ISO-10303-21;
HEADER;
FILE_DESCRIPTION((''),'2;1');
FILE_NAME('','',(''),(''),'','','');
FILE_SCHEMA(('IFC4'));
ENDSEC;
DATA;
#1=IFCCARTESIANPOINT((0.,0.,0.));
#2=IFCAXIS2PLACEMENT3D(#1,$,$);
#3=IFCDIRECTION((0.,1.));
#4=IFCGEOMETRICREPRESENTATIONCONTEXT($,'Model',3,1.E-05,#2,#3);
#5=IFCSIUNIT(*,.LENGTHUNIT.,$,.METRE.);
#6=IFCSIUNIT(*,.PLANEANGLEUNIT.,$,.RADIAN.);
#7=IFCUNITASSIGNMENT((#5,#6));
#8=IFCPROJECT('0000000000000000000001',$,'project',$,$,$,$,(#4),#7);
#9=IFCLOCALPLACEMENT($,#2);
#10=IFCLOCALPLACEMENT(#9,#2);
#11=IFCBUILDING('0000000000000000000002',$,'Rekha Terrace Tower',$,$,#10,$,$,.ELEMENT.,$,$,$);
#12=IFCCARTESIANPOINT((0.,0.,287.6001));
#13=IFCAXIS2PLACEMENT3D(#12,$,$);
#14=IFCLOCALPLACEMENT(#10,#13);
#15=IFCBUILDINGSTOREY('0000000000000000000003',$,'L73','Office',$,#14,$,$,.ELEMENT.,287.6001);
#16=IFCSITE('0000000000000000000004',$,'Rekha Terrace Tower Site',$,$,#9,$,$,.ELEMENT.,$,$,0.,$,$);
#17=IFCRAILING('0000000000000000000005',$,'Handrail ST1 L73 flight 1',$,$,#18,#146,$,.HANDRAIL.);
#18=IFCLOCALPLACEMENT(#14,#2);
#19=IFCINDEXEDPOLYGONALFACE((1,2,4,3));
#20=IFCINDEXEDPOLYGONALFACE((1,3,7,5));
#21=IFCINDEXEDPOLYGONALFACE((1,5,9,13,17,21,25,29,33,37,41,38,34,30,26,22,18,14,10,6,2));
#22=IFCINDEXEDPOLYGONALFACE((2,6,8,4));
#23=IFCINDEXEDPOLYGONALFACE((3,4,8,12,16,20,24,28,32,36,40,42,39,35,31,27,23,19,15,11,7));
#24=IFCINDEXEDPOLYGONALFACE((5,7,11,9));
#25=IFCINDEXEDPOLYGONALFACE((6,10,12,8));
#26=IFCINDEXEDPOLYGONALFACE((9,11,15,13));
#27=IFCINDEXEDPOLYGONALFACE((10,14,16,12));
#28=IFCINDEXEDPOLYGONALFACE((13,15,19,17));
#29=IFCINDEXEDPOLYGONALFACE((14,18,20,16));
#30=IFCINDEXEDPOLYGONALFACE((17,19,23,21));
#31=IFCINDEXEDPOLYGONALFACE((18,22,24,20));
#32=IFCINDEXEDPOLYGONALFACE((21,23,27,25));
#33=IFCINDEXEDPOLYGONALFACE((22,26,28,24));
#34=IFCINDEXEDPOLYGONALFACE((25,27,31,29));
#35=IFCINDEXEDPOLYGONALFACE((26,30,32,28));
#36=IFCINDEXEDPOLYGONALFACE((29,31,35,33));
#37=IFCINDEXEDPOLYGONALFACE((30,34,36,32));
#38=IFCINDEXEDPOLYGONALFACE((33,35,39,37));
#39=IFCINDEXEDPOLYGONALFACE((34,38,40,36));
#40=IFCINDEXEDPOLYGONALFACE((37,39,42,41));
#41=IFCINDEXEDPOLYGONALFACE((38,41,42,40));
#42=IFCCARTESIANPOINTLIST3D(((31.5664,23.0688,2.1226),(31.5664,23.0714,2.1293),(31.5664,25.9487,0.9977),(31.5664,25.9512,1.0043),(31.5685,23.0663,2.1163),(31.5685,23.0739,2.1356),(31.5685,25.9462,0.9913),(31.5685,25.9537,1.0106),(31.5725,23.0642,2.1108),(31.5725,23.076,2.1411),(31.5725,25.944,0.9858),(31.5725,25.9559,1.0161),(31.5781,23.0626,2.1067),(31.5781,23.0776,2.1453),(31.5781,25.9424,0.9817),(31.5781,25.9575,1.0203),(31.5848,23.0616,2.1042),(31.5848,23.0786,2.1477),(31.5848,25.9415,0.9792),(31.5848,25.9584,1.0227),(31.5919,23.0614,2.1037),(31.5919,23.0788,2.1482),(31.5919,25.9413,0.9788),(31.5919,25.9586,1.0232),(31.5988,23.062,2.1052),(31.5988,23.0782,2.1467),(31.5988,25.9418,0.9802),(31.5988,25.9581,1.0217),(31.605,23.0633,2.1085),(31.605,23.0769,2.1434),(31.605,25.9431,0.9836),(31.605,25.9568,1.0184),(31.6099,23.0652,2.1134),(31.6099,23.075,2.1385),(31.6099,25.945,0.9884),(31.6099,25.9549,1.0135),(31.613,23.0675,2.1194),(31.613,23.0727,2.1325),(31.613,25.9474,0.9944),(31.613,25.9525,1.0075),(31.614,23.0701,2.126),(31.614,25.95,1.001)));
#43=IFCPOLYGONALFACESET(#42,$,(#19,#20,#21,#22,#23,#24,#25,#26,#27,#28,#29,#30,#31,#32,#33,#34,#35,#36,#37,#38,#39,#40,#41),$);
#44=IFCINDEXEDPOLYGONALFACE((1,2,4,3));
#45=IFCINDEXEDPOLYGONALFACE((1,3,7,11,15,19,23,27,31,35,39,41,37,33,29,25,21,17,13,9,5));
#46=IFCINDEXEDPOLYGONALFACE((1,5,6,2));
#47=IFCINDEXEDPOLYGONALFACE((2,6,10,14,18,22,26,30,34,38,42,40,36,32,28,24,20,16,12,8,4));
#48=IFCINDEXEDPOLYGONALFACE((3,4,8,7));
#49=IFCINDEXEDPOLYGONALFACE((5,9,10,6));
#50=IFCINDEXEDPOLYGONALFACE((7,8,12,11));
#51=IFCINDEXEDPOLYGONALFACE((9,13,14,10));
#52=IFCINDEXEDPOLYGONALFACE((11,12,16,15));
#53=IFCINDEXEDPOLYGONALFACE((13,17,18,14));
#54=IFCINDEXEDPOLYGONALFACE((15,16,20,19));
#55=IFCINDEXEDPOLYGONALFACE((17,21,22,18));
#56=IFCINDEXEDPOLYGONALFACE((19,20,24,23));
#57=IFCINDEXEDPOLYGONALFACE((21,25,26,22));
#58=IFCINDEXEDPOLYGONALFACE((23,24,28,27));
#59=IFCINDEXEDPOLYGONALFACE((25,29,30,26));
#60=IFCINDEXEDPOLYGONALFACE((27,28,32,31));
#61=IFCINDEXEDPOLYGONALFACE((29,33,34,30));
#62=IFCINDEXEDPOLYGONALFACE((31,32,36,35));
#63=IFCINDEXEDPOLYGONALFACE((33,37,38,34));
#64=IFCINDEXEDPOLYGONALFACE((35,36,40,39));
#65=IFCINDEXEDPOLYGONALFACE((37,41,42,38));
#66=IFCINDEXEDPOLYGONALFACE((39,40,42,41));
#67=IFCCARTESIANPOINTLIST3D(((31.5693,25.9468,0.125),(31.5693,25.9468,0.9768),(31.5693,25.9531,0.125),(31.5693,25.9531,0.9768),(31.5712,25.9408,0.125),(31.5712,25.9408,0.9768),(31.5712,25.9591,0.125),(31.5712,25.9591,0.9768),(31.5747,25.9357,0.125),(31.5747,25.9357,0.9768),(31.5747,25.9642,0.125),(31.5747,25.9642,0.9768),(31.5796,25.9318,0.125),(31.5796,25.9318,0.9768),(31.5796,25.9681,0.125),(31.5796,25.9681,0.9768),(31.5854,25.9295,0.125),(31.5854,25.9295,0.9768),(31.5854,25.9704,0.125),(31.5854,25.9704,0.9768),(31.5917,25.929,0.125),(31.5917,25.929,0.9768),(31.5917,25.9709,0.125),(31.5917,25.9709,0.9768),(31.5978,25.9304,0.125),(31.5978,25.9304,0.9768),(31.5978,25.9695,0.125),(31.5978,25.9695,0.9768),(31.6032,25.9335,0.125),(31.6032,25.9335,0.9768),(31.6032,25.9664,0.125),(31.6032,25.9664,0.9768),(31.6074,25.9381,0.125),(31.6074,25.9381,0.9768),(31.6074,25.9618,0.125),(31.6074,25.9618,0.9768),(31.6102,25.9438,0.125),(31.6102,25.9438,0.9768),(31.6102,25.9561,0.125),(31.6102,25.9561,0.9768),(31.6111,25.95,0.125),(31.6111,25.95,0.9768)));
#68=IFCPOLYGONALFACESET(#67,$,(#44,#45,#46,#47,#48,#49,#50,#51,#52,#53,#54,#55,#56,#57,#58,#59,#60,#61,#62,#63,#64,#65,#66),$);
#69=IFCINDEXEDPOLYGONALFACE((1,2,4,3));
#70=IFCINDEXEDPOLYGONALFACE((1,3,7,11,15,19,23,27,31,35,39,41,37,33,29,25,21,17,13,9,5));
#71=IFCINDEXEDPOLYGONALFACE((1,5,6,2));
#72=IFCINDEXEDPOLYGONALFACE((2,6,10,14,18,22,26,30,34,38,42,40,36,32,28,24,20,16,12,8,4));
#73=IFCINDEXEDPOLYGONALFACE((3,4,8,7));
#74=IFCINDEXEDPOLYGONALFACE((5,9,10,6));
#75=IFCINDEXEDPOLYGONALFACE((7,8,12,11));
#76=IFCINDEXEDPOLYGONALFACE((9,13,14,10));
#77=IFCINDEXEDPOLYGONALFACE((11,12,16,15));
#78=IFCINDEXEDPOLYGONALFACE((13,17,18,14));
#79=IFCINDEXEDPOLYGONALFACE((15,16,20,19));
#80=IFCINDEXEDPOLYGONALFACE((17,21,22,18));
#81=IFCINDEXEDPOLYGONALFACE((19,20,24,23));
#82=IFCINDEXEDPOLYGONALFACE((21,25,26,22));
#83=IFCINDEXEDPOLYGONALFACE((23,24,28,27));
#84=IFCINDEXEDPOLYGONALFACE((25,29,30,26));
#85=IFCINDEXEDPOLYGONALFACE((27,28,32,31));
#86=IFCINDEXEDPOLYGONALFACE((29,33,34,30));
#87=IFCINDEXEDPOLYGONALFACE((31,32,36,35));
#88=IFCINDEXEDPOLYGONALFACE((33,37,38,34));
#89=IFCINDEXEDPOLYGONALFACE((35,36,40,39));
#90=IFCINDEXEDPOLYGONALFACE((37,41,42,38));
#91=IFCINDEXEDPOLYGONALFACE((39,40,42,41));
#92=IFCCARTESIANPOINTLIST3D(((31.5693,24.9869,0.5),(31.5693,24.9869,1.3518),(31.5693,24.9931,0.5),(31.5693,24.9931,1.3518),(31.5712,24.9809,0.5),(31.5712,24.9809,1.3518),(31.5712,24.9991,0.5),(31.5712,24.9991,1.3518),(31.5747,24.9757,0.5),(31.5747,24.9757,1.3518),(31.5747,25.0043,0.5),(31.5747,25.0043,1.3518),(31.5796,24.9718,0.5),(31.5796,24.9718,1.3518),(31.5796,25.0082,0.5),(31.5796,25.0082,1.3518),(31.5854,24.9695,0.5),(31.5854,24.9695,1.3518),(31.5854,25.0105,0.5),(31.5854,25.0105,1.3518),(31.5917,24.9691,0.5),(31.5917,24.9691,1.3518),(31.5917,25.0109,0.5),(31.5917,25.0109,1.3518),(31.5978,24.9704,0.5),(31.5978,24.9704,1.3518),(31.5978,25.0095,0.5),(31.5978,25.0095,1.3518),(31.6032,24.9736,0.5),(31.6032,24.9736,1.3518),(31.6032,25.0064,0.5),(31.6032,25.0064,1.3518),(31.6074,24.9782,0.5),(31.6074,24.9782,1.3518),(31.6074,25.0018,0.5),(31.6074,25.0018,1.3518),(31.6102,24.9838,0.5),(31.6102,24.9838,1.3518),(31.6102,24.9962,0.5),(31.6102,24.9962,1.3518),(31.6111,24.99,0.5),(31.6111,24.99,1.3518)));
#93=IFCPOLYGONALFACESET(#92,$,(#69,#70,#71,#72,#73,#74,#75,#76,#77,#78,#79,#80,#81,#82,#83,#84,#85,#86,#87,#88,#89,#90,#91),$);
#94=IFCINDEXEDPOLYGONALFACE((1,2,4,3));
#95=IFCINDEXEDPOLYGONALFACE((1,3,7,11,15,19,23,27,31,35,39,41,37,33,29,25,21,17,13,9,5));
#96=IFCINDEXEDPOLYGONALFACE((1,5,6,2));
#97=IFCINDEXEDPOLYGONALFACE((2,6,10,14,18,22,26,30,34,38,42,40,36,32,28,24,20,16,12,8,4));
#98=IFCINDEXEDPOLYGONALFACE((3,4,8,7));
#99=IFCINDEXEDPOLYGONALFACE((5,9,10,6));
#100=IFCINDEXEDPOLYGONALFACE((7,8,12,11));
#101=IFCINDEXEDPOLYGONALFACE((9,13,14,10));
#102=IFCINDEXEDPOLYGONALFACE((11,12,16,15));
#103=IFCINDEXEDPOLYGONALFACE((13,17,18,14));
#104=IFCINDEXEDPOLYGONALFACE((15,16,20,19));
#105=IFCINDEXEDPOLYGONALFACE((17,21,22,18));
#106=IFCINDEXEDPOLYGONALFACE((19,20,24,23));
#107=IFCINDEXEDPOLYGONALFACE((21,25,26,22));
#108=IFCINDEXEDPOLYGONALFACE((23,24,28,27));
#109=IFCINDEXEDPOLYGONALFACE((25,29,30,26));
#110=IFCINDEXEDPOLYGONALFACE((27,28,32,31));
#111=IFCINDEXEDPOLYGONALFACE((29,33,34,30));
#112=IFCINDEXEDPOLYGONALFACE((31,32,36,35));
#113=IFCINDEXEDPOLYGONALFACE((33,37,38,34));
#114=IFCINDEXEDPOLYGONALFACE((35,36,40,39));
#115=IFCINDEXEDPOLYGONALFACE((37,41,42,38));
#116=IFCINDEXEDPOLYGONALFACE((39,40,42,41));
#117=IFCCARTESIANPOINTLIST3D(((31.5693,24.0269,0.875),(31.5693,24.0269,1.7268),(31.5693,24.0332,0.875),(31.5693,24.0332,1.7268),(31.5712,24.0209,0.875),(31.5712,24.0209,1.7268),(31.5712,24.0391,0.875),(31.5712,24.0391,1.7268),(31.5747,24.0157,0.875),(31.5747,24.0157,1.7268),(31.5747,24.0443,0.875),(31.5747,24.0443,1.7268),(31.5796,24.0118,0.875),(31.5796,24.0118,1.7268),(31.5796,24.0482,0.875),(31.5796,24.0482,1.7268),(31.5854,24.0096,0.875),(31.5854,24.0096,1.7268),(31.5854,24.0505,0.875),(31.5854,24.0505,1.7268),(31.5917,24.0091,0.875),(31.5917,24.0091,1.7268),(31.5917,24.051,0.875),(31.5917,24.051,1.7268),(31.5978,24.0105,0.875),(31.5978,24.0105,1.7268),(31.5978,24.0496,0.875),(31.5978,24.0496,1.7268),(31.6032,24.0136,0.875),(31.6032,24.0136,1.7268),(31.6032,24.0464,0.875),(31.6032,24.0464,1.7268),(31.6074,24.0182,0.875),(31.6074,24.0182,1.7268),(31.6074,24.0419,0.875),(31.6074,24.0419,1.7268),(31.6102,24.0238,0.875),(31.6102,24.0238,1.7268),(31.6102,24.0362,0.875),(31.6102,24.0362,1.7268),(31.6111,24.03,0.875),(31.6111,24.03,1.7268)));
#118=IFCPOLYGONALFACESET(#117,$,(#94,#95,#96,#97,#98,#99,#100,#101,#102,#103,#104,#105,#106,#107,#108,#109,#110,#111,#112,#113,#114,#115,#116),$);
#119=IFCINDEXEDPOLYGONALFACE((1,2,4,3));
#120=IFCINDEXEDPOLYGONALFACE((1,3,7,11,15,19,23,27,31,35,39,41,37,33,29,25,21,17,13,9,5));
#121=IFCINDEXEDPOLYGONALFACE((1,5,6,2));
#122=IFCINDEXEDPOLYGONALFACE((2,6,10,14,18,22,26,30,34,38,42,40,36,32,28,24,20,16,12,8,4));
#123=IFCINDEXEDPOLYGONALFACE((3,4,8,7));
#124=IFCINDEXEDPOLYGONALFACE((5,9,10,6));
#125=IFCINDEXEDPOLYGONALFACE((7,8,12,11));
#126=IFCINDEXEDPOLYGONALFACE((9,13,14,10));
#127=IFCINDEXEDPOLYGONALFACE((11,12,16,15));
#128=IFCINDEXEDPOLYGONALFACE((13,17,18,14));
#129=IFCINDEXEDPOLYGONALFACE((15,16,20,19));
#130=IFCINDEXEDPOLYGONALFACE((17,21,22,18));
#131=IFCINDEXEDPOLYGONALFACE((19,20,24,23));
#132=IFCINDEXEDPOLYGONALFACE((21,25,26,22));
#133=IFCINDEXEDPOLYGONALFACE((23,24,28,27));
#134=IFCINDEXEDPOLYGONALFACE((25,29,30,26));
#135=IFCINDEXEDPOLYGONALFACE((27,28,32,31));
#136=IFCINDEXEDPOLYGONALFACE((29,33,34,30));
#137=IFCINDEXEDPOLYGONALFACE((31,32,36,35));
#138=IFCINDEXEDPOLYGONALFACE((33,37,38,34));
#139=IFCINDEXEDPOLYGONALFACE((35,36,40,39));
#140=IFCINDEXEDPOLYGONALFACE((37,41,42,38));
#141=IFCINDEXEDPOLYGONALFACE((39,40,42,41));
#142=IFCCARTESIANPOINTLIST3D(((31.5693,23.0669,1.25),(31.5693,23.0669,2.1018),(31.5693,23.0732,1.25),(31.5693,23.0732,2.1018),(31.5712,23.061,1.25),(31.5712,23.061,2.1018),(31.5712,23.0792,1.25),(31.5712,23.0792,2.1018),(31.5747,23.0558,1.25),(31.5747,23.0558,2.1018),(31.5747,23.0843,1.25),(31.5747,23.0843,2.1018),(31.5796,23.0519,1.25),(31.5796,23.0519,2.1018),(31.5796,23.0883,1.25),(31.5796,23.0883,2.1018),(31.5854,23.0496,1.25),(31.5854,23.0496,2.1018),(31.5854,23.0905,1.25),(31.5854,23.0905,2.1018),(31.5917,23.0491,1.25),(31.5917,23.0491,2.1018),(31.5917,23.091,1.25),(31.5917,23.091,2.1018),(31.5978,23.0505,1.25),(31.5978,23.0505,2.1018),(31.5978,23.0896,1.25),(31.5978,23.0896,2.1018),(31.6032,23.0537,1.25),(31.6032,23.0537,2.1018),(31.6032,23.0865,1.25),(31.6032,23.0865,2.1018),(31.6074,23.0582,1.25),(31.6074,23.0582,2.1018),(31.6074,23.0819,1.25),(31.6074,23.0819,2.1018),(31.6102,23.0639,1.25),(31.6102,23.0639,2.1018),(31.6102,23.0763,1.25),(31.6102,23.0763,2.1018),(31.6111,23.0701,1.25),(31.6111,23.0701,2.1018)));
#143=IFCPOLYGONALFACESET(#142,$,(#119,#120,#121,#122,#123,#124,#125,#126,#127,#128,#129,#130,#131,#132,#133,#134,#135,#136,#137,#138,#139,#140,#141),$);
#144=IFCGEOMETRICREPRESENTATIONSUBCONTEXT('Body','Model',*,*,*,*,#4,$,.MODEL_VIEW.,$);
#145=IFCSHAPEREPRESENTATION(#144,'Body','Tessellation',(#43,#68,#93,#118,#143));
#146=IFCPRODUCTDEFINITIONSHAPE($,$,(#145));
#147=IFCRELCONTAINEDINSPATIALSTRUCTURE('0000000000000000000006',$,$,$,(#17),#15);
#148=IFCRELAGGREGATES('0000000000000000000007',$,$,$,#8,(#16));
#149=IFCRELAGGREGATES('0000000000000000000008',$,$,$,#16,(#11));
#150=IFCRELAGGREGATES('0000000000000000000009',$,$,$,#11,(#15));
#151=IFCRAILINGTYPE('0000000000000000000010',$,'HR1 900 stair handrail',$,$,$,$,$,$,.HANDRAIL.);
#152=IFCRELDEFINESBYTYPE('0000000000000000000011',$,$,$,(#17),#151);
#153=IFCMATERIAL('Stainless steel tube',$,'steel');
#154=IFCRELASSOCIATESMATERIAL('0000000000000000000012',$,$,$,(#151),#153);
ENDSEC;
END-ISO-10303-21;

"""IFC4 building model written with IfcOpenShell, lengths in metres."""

from ifc_helpers import new_model, si_unit, direction, frame, origin, origin_2d, place, context, subcontext, project, spatial, circle, extrude, material, type_object, element, save


model = new_model("IFC4")

# Units and contexts
model_context = context("Model", 3, precision=1e-05, world=origin(), true_north=direction((0.0, 1.0)))
body_context = subcontext(model_context, "Body", "Model", "MODEL_VIEW")
ifc_project = project(units=[si_unit("LENGTHUNIT", "METRE"), si_unit("PLANEANGLEUNIT", "RADIAN")], contexts=[model_context])

# Site, building, storey
site_placement = place(None, origin())
site = spatial("IfcSite", under=ifc_project, at=site_placement, Name="Rekha Terrace Tower Site", CompositionType="ELEMENT", RefElevation=0.0)
building_placement = place(site_placement, origin())
building = spatial("IfcBuilding", under=site, at=building_placement, Name="Rekha Terrace Tower", CompositionType="ELEMENT")
storey_placement = place(building_placement, frame((0.0, 0.0, 287.6001)))
storey = spatial("IfcBuildingStorey", under=building, at=storey_placement, Name="L73", Description="Office", CompositionType="ELEMENT", Elevation=287.6001)

# Railing
ifc_material_1 = material(Name="Stainless steel tube", Category="steel")
railing_type_1 = type_object("IfcRailingType", Name="HR1 900 stair handrail", PredefinedType="HANDRAIL", material=ifc_material_1)
railing_1_placement = place(storey_placement, frame((31.5901, 25.95, 0.125)))
element("IfcRailing", 1, at=railing_1_placement, inside=storey, type_object=railing_type_1, Name="Handrail ST1 L73 flight 1", PredefinedType="HANDRAIL", context=body_context, shape_type="SweptSolid", body=[
    extrude(circle(Radius=0.0239, at=origin_2d()), frame((0.0, 0.0, 0.876), z_axis=(0.0, -0.931452, 0.363863), x_axis=(1.0, 0.0, 0.0)), (0.0, 0.0, 1.0), 3.0918),
    extrude(circle(Radius=0.021, at=origin_2d()), origin(), (0.0, 0.0, 1.0), 0.8518),
    extrude(circle(Radius=0.021, at=origin_2d()), frame((0.0, -0.96, 0.375)), (0.0, 0.0, 1.0), 0.8518),
    extrude(circle(Radius=0.021, at=origin_2d()), frame((0.0, -1.9199, 0.75)), (0.0, 0.0, 1.0), 0.8518),
    extrude(circle(Radius=0.021, at=origin_2d()), frame((0.0, -2.8799, 1.125)), (0.0, 0.0, 1.0), 0.8518),
])

save(model, "model.ifc")
